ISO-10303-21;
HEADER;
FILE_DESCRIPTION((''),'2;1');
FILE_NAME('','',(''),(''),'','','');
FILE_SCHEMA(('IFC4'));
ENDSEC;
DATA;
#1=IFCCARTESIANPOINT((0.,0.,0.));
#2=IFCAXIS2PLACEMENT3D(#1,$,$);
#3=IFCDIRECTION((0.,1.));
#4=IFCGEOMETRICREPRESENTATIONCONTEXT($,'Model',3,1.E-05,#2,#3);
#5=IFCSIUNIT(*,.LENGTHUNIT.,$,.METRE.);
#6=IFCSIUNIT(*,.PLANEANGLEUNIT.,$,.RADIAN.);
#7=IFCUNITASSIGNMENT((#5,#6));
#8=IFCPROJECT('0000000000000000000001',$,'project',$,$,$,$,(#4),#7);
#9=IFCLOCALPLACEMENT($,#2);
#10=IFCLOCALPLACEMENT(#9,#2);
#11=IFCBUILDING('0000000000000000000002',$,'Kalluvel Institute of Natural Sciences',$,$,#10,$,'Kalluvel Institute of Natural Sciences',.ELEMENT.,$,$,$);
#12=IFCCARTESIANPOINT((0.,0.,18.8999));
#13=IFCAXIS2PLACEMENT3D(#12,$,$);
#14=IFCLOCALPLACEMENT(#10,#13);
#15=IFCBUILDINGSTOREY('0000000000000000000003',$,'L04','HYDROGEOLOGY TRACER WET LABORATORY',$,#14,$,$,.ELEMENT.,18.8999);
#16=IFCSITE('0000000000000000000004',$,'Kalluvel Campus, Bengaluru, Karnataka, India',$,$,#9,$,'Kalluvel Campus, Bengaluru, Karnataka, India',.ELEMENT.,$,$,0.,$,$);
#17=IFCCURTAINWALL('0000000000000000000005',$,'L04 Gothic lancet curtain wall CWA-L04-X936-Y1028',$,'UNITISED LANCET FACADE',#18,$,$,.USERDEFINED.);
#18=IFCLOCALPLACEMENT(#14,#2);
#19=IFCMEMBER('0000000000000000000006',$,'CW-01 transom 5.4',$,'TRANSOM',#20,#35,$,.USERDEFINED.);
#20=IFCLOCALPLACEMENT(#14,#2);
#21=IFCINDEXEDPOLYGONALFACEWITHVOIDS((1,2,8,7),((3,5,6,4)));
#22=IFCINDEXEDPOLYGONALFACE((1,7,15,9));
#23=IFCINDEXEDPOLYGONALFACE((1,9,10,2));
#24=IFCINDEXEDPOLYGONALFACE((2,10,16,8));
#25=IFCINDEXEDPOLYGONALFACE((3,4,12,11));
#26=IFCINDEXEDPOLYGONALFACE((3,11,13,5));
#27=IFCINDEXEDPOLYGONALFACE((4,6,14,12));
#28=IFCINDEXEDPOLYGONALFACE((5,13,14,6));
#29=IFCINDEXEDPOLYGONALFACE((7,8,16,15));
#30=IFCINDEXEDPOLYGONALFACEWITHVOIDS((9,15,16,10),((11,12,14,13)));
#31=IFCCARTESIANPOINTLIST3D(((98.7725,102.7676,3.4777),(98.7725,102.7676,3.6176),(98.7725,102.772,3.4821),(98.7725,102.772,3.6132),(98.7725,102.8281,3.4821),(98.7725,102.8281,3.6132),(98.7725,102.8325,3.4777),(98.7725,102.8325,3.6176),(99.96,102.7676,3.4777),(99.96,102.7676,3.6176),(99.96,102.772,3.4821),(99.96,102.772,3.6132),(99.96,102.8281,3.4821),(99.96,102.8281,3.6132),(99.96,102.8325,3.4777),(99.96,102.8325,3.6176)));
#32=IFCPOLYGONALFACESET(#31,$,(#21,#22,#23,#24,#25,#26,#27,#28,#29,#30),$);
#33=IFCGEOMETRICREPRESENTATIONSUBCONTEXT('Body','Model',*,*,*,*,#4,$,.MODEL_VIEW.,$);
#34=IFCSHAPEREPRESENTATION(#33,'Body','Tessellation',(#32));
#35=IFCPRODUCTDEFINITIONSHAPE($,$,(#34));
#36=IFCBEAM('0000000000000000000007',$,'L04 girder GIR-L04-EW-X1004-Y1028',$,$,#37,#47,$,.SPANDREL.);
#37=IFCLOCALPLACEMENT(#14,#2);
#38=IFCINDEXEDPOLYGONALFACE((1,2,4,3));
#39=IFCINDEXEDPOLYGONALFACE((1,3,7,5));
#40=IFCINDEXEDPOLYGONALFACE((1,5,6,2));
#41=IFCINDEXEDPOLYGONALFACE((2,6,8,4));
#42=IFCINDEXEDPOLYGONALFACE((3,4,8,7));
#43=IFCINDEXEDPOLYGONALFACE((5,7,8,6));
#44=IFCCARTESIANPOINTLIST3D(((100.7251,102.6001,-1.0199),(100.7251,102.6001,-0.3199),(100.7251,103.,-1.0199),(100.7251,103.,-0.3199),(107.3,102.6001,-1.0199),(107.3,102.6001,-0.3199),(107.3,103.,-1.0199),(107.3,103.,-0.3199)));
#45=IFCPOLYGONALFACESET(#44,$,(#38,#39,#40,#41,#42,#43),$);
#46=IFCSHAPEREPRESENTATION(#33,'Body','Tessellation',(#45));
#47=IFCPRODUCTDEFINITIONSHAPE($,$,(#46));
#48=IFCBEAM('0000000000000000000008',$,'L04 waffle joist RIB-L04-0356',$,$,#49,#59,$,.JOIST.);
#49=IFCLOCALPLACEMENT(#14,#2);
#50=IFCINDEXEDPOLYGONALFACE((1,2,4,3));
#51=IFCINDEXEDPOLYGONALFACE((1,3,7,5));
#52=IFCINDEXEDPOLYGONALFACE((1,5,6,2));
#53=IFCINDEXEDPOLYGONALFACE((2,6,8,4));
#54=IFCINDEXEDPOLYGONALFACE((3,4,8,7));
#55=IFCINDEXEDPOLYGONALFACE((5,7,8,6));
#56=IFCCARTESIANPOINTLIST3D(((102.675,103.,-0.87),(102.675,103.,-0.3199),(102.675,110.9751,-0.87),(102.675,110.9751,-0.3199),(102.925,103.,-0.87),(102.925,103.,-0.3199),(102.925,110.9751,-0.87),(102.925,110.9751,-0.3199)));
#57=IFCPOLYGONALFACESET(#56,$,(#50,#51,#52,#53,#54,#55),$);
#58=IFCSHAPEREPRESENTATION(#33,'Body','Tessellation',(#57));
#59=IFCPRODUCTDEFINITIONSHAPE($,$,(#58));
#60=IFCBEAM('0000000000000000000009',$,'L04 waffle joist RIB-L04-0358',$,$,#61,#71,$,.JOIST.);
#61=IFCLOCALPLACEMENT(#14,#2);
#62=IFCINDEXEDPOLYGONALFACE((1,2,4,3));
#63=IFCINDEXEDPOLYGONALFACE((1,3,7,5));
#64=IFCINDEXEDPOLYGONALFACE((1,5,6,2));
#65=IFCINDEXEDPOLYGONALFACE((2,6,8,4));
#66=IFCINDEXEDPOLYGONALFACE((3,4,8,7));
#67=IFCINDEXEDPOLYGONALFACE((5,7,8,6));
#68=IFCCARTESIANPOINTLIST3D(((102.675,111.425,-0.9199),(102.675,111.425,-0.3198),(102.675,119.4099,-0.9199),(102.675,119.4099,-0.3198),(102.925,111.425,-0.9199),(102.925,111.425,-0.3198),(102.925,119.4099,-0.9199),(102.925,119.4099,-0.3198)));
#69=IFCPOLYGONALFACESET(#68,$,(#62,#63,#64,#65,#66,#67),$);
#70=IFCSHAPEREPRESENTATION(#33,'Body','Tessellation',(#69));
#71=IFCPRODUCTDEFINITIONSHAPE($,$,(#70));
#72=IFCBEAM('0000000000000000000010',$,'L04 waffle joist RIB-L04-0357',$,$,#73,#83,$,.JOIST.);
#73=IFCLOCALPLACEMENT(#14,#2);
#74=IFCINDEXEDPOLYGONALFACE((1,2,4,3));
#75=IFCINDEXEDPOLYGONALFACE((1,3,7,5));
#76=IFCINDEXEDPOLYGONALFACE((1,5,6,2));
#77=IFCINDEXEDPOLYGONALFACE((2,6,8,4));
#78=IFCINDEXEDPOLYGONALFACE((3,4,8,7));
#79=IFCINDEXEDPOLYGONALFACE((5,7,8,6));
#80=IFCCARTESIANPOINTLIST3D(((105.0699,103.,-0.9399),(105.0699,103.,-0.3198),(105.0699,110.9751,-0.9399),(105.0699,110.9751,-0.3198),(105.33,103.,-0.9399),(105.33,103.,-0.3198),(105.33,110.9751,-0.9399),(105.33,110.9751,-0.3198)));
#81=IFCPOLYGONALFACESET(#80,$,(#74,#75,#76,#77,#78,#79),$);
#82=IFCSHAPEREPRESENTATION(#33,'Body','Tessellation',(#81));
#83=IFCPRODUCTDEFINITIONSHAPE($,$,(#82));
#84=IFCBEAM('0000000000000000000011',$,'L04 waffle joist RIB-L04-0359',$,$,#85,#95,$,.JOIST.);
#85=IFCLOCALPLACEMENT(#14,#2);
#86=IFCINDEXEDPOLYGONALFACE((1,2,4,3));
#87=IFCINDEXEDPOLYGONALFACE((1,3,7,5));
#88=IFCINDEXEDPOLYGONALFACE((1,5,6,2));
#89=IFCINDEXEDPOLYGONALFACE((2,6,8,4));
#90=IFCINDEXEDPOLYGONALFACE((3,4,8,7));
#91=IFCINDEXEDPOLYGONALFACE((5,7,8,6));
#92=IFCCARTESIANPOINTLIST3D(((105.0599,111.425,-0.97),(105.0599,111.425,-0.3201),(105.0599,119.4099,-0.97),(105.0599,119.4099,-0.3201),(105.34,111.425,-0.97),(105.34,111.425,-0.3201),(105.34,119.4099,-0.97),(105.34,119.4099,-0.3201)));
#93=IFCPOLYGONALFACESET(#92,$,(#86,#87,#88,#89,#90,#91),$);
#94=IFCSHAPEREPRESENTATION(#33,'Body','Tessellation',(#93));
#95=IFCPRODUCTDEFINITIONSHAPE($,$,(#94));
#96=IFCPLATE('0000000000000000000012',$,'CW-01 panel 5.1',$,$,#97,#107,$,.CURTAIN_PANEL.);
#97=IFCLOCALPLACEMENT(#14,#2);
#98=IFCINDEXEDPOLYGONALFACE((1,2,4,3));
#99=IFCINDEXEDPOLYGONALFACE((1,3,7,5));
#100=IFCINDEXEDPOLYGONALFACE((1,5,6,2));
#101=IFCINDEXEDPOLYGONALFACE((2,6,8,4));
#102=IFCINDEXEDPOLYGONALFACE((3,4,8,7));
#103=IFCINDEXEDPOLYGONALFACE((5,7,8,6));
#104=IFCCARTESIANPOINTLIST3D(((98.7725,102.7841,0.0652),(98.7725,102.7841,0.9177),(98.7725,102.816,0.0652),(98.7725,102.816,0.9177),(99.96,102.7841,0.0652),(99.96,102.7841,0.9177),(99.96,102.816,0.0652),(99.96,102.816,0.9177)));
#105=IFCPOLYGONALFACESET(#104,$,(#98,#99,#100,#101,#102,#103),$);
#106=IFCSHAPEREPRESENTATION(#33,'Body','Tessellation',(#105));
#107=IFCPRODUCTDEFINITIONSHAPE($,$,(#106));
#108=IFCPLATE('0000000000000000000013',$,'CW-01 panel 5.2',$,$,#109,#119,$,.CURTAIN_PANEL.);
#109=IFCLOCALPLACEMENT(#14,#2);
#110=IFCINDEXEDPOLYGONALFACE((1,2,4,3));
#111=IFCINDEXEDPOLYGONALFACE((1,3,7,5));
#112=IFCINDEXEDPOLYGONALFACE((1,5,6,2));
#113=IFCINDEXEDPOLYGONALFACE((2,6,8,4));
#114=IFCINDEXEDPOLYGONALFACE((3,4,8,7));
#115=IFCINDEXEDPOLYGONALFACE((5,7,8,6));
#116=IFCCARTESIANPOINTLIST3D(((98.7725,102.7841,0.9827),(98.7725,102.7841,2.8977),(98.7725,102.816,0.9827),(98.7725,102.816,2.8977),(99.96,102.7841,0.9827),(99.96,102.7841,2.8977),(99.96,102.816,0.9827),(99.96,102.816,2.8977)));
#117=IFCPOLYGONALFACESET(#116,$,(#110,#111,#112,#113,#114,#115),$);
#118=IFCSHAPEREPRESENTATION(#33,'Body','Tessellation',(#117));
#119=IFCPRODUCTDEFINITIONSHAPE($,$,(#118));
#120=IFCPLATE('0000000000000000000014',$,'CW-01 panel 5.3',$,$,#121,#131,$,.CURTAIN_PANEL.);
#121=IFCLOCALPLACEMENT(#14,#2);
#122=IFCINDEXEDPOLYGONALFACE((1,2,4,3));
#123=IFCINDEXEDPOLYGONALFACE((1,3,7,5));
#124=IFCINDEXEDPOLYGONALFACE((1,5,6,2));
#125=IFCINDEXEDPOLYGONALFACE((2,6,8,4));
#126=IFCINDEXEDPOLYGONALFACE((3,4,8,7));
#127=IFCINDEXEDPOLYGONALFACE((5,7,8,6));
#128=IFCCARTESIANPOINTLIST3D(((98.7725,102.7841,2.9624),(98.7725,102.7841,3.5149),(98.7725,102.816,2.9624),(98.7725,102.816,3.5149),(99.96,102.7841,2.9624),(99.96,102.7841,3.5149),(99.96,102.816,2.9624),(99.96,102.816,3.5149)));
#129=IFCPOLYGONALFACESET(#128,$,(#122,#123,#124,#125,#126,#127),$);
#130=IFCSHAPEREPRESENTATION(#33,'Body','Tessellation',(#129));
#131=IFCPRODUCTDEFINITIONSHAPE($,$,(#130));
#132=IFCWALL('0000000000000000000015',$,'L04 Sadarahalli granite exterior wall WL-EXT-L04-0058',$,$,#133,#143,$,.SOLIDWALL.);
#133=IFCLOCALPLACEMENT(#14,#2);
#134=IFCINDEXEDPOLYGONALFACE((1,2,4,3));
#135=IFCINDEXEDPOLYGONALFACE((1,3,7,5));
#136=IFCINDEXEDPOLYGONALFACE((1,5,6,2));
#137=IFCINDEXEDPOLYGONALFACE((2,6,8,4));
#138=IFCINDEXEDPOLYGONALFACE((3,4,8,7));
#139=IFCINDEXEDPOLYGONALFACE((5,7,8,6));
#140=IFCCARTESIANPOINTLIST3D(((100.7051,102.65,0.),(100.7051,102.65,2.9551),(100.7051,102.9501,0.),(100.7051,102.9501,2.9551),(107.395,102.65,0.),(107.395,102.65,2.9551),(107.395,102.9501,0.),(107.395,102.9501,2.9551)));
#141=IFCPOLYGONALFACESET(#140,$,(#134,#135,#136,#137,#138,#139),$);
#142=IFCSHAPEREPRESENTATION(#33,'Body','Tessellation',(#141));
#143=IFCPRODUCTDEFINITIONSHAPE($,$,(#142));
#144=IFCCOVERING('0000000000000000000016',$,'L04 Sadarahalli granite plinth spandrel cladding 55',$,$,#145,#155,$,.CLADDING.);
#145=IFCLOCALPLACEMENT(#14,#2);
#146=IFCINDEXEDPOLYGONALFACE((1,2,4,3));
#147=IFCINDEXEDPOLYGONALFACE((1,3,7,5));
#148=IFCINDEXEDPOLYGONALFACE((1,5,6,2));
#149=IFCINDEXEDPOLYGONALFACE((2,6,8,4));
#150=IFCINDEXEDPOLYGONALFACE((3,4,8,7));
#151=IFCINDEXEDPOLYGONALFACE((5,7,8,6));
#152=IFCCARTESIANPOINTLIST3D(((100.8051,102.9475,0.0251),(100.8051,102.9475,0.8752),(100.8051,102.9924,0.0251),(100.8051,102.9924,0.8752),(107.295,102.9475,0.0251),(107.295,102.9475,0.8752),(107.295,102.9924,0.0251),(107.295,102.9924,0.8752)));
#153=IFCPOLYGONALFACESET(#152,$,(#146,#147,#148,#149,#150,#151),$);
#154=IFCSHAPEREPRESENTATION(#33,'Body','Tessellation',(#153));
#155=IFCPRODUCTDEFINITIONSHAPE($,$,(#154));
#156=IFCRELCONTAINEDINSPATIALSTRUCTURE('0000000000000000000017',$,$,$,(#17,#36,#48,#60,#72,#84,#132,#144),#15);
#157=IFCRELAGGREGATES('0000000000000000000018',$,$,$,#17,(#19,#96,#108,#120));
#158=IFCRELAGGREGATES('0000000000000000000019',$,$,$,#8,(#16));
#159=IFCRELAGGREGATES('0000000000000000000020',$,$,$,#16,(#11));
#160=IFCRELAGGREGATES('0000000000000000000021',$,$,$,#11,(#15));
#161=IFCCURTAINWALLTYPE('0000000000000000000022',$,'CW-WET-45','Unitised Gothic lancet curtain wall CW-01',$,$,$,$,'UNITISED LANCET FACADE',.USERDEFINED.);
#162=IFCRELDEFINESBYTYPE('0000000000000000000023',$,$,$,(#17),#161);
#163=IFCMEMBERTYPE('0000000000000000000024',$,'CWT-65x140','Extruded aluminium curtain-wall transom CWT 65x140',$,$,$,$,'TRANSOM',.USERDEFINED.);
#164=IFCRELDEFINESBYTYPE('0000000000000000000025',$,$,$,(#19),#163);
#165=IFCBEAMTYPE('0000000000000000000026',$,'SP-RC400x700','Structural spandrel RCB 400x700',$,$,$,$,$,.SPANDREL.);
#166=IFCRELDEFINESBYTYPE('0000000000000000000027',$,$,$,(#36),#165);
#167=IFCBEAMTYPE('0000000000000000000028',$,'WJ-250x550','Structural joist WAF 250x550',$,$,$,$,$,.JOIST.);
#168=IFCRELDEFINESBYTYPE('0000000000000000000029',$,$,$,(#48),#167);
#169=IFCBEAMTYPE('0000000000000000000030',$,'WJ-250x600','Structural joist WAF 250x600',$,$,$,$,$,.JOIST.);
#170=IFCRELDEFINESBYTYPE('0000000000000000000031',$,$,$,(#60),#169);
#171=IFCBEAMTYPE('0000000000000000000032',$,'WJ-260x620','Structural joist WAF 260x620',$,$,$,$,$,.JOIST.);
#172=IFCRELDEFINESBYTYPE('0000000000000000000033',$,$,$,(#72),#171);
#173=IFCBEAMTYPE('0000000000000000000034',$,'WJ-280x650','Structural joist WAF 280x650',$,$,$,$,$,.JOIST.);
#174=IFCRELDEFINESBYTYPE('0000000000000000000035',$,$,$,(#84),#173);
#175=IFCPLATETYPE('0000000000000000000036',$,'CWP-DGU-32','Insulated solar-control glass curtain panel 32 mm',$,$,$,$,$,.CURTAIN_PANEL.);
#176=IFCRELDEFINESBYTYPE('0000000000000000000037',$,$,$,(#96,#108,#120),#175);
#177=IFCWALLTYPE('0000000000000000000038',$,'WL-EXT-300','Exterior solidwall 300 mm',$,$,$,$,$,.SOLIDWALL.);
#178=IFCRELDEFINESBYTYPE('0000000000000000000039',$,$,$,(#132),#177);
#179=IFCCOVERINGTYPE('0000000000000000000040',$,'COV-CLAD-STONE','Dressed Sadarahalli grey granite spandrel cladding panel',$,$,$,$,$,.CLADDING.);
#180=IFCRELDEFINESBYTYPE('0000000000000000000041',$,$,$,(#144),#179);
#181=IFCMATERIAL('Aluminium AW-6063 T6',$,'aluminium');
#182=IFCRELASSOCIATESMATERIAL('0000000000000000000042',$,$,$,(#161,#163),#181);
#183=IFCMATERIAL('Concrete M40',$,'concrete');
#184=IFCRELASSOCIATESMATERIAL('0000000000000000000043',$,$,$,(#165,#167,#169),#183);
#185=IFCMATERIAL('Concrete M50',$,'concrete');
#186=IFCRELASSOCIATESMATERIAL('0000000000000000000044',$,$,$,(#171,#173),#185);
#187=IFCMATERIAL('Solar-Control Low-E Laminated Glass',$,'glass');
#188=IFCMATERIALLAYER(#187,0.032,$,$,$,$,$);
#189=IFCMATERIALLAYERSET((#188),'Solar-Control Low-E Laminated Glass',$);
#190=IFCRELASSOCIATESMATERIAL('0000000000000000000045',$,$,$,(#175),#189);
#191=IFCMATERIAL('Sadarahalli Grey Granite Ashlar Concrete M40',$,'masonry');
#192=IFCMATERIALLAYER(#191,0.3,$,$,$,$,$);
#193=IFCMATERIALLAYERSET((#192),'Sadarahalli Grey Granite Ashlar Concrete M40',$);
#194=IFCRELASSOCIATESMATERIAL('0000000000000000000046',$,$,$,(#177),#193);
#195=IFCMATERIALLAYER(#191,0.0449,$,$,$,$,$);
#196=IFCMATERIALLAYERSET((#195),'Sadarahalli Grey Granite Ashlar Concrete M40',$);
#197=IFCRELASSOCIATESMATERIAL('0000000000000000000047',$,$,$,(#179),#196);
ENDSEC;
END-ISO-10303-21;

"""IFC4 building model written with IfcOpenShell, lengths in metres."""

from ifc_helpers import new_model, si_unit, direction, frame, frame_2d, origin, origin_2d, place, context, subcontext, project, spatial, rectangle, hollow_rectangle, extrude, material, layer, layer_set, material_profile, profile_set, type_object, element, aggregate, save


model = new_model("IFC4")

# Units and contexts
model_context = context("Model", 3, precision=1e-05, world=origin(), true_north=direction((0.0, 1.0)))
body_context = subcontext(model_context, "Body", "Model", "MODEL_VIEW")
ifc_project = project(units=[si_unit("LENGTHUNIT", "METRE"), si_unit("PLANEANGLEUNIT", "RADIAN")], contexts=[model_context])

# Site, building, storey
site_placement = place(None, origin())
site = spatial("IfcSite", under=ifc_project, at=site_placement, Name="Kalluvel Campus, Bengaluru, Karnataka, India", LongName="Kalluvel Campus, Bengaluru, Karnataka, India", CompositionType="ELEMENT", RefElevation=0.0)
building_placement = place(site_placement, origin())
building = spatial("IfcBuilding", under=site, at=building_placement, Name="Kalluvel Institute of Natural Sciences", LongName="Kalluvel Institute of Natural Sciences", CompositionType="ELEMENT")
storey_placement = place(building_placement, frame((0.0, 0.0, 18.8999)))
storey = spatial("IfcBuildingStorey", under=building, at=storey_placement, Name="L04", Description="HYDROGEOLOGY TRACER WET LABORATORY", CompositionType="ELEMENT", Elevation=18.8999)

# Shared definitions
ifc_material_1 = material(Name="Concrete M40", Category="concrete")

# Curtain wall, member
ifc_material_2 = material(Name="Aluminium AW-6063 T6", Category="aluminium")
curtain_wall_type = type_object("IfcCurtainWallType", Name="CW-WET-45", Description="Unitised Gothic lancet curtain wall CW-01", ElementType="UNITISED LANCET FACADE", PredefinedType="USERDEFINED", material=ifc_material_2)
curtain_wall_placement = place(storey_placement, origin())
curtain_wall = element("IfcCurtainWall", 1, at=curtain_wall_placement, inside=storey, type_object=curtain_wall_type, Name="L04 Gothic lancet curtain wall CWA-L04-X936-Y1028", ObjectType="UNITISED LANCET FACADE", PredefinedType="USERDEFINED")
ifc_material_profile_1 = material_profile(ifc_material_2, hollow_rectangle(XDim=0.0649, YDim=0.1399, WallThickness=0.0044, at=origin_2d()), Name="CWT 65x140")
ifc_profile_set_1 = profile_set([ifc_material_profile_1], Name="Aluminium AW-6063 T6")
member_type_1 = type_object("IfcMemberType", Name="CWT-65x140", Description="Extruded aluminium curtain-wall transom CWT 65x140", ElementType="TRANSOM", PredefinedType="USERDEFINED", material=ifc_profile_set_1)
member_1_placement = place(storey_placement, frame((98.7725, 102.8, 3.5476), z_axis=(1.0, 0.0, 0.0), x_axis=(0.0, 1.0, 0.0)))
member_1 = element("IfcMember", 2, at=member_1_placement, type_object=member_type_1, Name="CW-01 transom 5.4", ObjectType="TRANSOM", PredefinedType="USERDEFINED", context=body_context, shape_type="SweptSolid", body=[
    extrude(hollow_rectangle(XDim=0.0649, YDim=0.1399, WallThickness=0.0044, at=origin_2d()), origin(), (0.0, 0.0, 1.0), 1.1875),
])

# Beams
ifc_material_profile_2 = material_profile(ifc_material_1, rectangle(XDim=0.3999, YDim=0.7, at=origin_2d()), Name="RCB 400x700")
ifc_profile_set_2 = profile_set([ifc_material_profile_2], Name="Concrete M40")
beam_type_1 = type_object("IfcBeamType", Name="SP-RC400x700", Description="Structural spandrel RCB 400x700", PredefinedType="SPANDREL", material=ifc_profile_set_2)
beam_1_placement = place(storey_placement, frame((100.7251, 102.8, -0.6699), z_axis=(1.0, 0.0, 0.0), x_axis=(0.0, 1.0, 0.0)))
element("IfcBeam", 3, at=beam_1_placement, inside=storey, type_object=beam_type_1, Name="L04 girder GIR-L04-EW-X1004-Y1028", PredefinedType="SPANDREL", context=body_context, shape_type="SweptSolid", body=[
    extrude(rectangle(XDim=0.3999, YDim=0.7, at=origin_2d()), origin(), (0.0, 0.0, 1.0), 6.575),
])
ifc_material_profile_3 = material_profile(ifc_material_1, rectangle(XDim=0.25, YDim=0.55, at=origin_2d()), Name="WAF 250x550")
ifc_profile_set_3 = profile_set([ifc_material_profile_3], Name="Concrete M40")
beam_type_2 = type_object("IfcBeamType", Name="WJ-250x550", Description="Structural joist WAF 250x550", PredefinedType="JOIST", material=ifc_profile_set_3)
beam_2_placement = place(storey_placement, frame((102.8, 103.0, -0.595), z_axis=(0.0, 1.0, 0.0), x_axis=(-1.0, 0.0, 0.0)))
element("IfcBeam", 4, at=beam_2_placement, inside=storey, type_object=beam_type_2, Name="L04 waffle joist RIB-L04-0356", PredefinedType="JOIST", context=body_context, shape_type="SweptSolid", body=[
    extrude(rectangle(XDim=0.25, YDim=0.55, at=origin_2d()), origin(), (0.0, 0.0, 1.0), 7.9751),
])
ifc_material_profile_4 = material_profile(ifc_material_1, rectangle(XDim=0.25, YDim=0.6001, at=origin_2d()), Name="WAF 250x600")
ifc_profile_set_4 = profile_set([ifc_material_profile_4], Name="Concrete M40")
beam_type_3 = type_object("IfcBeamType", Name="WJ-250x600", Description="Structural joist WAF 250x600", PredefinedType="JOIST", material=ifc_profile_set_4)
beam_3_placement = place(storey_placement, frame((102.8, 111.425, -0.6199), z_axis=(0.0, 1.0, 0.0), x_axis=(-1.0, 0.0, 0.0)))
element("IfcBeam", 5, at=beam_3_placement, inside=storey, type_object=beam_type_3, Name="L04 waffle joist RIB-L04-0358", PredefinedType="JOIST", context=body_context, shape_type="SweptSolid", body=[
    extrude(rectangle(XDim=0.25, YDim=0.6001, at=origin_2d()), origin(), (0.0, 0.0, 1.0), 7.9849),
])
ifc_material_3 = material(Name="Concrete M50", Category="concrete")
ifc_material_profile_5 = material_profile(ifc_material_3, rectangle(XDim=0.26, YDim=0.6201, at=origin_2d()), Name="WAF 260x620")
ifc_profile_set_5 = profile_set([ifc_material_profile_5], Name="Concrete M50")
beam_type_4 = type_object("IfcBeamType", Name="WJ-260x620", Description="Structural joist WAF 260x620", PredefinedType="JOIST", material=ifc_profile_set_5)
beam_4_placement = place(storey_placement, frame((105.2, 103.0, -0.6299), z_axis=(0.0, 1.0, 0.0), x_axis=(-1.0, 0.0, 0.0)))
element("IfcBeam", 6, at=beam_4_placement, inside=storey, type_object=beam_type_4, Name="L04 waffle joist RIB-L04-0357", PredefinedType="JOIST", context=body_context, shape_type="SweptSolid", body=[
    extrude(rectangle(XDim=0.26, YDim=0.6201, at=origin_2d()), origin(), (0.0, 0.0, 1.0), 7.9751),
])
ifc_material_profile_6 = material_profile(ifc_material_3, rectangle(XDim=0.28, YDim=0.6499, at=origin_2d()), Name="WAF 280x650")
ifc_profile_set_6 = profile_set([ifc_material_profile_6], Name="Concrete M50")
beam_type_5 = type_object("IfcBeamType", Name="WJ-280x650", Description="Structural joist WAF 280x650", PredefinedType="JOIST", material=ifc_profile_set_6)
beam_5_placement = place(storey_placement, frame((105.2, 111.425, -0.645), z_axis=(0.0, 1.0, 0.0), x_axis=(-1.0, 0.0, 0.0)))
element("IfcBeam", 7, at=beam_5_placement, inside=storey, type_object=beam_type_5, Name="L04 waffle joist RIB-L04-0359", PredefinedType="JOIST", context=body_context, shape_type="SweptSolid", body=[
    extrude(rectangle(XDim=0.28, YDim=0.6499, at=origin_2d()), origin(), (0.0, 0.0, 1.0), 7.9849),
])

# Plates
ifc_material_4 = material(Name="Solar-Control Low-E Laminated Glass", Category="glass")
ifc_layer_1 = layer(ifc_material_4, 0.032)
ifc_layer_set_1 = layer_set([ifc_layer_1], Name="Solar-Control Low-E Laminated Glass")
plate_type = type_object("IfcPlateType", Name="CWP-DGU-32", Description="Insulated solar-control glass curtain panel 32 mm", PredefinedType="CURTAIN_PANEL", material=ifc_layer_set_1)
plate_1_placement = place(storey_placement, frame((99.3662, 102.8, 0.0652), z_axis=(0.0, 0.0, 1.0), x_axis=(1.0, 0.0, 0.0)))
plate_1 = element("IfcPlate", 8, at=plate_1_placement, type_object=plate_type, Name="CW-01 panel 5.1", PredefinedType="CURTAIN_PANEL", context=body_context, shape_type="SweptSolid", body=[
    extrude(rectangle(XDim=1.1875, YDim=0.032, at=origin_2d()), origin(), (0.0, 0.0, 1.0), 0.8525),
])
plate_2_placement = place(storey_placement, frame((99.3662, 102.8, 0.9827), z_axis=(0.0, 0.0, 1.0), x_axis=(1.0, 0.0, 0.0)))
plate_2 = element("IfcPlate", 9, at=plate_2_placement, type_object=plate_type, Name="CW-01 panel 5.2", PredefinedType="CURTAIN_PANEL", context=body_context, shape_type="SweptSolid", body=[
    extrude(rectangle(XDim=1.1875, YDim=0.032, at=origin_2d()), origin(), (0.0, 0.0, 1.0), 1.915),
])
plate_3_placement = place(storey_placement, frame((99.3662, 102.8, 2.9624), z_axis=(0.0, 0.0, 1.0), x_axis=(1.0, 0.0, 0.0)))
plate_3 = element("IfcPlate", 10, at=plate_3_placement, type_object=plate_type, Name="CW-01 panel 5.3", PredefinedType="CURTAIN_PANEL", context=body_context, shape_type="SweptSolid", body=[
    extrude(rectangle(XDim=1.1875, YDim=0.032, at=origin_2d()), origin(), (0.0, 0.0, 1.0), 0.5525),
])
aggregate(curtain_wall, [member_1, plate_1, plate_2, plate_3])

# Wall
ifc_material_5 = material(Name="Sadarahalli Grey Granite Ashlar Concrete M40", Category="masonry")
ifc_layer_2 = layer(ifc_material_5, 0.3)
ifc_layer_set_2 = layer_set([ifc_layer_2], Name="Sadarahalli Grey Granite Ashlar Concrete M40")
wall_type = type_object("IfcWallType", Name="WL-EXT-300", Description="Exterior solidwall 300 mm", PredefinedType="SOLIDWALL", material=ifc_layer_set_2)
wall_placement = place(storey_placement, frame((100.7051, 102.8, 0.0), z_axis=(0.0, 0.0, 1.0), x_axis=(1.0, 0.0, 0.0)))
element("IfcWall", 11, at=wall_placement, inside=storey, type_object=wall_type, Name="L04 Sadarahalli granite exterior wall WL-EXT-L04-0058", PredefinedType="SOLIDWALL", context=body_context, shape_type="SweptSolid", body=[
    extrude(rectangle(XDim=6.6899, YDim=0.3, at=frame_2d((3.345, 0.0))), origin(), (0.0, 0.0, 1.0), 2.9551),
])

# Covering
ifc_layer_3 = layer(ifc_material_5, 0.0449)
ifc_layer_set_3 = layer_set([ifc_layer_3], Name="Sadarahalli Grey Granite Ashlar Concrete M40")
covering_type = type_object("IfcCoveringType", Name="COV-CLAD-STONE", Description="Dressed Sadarahalli grey granite spandrel cladding panel", PredefinedType="CLADDING", material=ifc_layer_set_3)
covering_placement = place(storey_placement, frame((104.05, 102.97, 0.0251), z_axis=(0.0, 0.0, 1.0), x_axis=(1.0, 0.0, 0.0)))
element("IfcCovering", 12, at=covering_placement, inside=storey, type_object=covering_type, Name="L04 Sadarahalli granite plinth spandrel cladding 55", PredefinedType="CLADDING", context=body_context, shape_type="SweptSolid", body=[
    extrude(rectangle(XDim=6.49, YDim=0.0449, at=origin_2d()), origin(), (0.0, 0.0, 1.0), 0.8501),
])

save(model, "model.ifc")
